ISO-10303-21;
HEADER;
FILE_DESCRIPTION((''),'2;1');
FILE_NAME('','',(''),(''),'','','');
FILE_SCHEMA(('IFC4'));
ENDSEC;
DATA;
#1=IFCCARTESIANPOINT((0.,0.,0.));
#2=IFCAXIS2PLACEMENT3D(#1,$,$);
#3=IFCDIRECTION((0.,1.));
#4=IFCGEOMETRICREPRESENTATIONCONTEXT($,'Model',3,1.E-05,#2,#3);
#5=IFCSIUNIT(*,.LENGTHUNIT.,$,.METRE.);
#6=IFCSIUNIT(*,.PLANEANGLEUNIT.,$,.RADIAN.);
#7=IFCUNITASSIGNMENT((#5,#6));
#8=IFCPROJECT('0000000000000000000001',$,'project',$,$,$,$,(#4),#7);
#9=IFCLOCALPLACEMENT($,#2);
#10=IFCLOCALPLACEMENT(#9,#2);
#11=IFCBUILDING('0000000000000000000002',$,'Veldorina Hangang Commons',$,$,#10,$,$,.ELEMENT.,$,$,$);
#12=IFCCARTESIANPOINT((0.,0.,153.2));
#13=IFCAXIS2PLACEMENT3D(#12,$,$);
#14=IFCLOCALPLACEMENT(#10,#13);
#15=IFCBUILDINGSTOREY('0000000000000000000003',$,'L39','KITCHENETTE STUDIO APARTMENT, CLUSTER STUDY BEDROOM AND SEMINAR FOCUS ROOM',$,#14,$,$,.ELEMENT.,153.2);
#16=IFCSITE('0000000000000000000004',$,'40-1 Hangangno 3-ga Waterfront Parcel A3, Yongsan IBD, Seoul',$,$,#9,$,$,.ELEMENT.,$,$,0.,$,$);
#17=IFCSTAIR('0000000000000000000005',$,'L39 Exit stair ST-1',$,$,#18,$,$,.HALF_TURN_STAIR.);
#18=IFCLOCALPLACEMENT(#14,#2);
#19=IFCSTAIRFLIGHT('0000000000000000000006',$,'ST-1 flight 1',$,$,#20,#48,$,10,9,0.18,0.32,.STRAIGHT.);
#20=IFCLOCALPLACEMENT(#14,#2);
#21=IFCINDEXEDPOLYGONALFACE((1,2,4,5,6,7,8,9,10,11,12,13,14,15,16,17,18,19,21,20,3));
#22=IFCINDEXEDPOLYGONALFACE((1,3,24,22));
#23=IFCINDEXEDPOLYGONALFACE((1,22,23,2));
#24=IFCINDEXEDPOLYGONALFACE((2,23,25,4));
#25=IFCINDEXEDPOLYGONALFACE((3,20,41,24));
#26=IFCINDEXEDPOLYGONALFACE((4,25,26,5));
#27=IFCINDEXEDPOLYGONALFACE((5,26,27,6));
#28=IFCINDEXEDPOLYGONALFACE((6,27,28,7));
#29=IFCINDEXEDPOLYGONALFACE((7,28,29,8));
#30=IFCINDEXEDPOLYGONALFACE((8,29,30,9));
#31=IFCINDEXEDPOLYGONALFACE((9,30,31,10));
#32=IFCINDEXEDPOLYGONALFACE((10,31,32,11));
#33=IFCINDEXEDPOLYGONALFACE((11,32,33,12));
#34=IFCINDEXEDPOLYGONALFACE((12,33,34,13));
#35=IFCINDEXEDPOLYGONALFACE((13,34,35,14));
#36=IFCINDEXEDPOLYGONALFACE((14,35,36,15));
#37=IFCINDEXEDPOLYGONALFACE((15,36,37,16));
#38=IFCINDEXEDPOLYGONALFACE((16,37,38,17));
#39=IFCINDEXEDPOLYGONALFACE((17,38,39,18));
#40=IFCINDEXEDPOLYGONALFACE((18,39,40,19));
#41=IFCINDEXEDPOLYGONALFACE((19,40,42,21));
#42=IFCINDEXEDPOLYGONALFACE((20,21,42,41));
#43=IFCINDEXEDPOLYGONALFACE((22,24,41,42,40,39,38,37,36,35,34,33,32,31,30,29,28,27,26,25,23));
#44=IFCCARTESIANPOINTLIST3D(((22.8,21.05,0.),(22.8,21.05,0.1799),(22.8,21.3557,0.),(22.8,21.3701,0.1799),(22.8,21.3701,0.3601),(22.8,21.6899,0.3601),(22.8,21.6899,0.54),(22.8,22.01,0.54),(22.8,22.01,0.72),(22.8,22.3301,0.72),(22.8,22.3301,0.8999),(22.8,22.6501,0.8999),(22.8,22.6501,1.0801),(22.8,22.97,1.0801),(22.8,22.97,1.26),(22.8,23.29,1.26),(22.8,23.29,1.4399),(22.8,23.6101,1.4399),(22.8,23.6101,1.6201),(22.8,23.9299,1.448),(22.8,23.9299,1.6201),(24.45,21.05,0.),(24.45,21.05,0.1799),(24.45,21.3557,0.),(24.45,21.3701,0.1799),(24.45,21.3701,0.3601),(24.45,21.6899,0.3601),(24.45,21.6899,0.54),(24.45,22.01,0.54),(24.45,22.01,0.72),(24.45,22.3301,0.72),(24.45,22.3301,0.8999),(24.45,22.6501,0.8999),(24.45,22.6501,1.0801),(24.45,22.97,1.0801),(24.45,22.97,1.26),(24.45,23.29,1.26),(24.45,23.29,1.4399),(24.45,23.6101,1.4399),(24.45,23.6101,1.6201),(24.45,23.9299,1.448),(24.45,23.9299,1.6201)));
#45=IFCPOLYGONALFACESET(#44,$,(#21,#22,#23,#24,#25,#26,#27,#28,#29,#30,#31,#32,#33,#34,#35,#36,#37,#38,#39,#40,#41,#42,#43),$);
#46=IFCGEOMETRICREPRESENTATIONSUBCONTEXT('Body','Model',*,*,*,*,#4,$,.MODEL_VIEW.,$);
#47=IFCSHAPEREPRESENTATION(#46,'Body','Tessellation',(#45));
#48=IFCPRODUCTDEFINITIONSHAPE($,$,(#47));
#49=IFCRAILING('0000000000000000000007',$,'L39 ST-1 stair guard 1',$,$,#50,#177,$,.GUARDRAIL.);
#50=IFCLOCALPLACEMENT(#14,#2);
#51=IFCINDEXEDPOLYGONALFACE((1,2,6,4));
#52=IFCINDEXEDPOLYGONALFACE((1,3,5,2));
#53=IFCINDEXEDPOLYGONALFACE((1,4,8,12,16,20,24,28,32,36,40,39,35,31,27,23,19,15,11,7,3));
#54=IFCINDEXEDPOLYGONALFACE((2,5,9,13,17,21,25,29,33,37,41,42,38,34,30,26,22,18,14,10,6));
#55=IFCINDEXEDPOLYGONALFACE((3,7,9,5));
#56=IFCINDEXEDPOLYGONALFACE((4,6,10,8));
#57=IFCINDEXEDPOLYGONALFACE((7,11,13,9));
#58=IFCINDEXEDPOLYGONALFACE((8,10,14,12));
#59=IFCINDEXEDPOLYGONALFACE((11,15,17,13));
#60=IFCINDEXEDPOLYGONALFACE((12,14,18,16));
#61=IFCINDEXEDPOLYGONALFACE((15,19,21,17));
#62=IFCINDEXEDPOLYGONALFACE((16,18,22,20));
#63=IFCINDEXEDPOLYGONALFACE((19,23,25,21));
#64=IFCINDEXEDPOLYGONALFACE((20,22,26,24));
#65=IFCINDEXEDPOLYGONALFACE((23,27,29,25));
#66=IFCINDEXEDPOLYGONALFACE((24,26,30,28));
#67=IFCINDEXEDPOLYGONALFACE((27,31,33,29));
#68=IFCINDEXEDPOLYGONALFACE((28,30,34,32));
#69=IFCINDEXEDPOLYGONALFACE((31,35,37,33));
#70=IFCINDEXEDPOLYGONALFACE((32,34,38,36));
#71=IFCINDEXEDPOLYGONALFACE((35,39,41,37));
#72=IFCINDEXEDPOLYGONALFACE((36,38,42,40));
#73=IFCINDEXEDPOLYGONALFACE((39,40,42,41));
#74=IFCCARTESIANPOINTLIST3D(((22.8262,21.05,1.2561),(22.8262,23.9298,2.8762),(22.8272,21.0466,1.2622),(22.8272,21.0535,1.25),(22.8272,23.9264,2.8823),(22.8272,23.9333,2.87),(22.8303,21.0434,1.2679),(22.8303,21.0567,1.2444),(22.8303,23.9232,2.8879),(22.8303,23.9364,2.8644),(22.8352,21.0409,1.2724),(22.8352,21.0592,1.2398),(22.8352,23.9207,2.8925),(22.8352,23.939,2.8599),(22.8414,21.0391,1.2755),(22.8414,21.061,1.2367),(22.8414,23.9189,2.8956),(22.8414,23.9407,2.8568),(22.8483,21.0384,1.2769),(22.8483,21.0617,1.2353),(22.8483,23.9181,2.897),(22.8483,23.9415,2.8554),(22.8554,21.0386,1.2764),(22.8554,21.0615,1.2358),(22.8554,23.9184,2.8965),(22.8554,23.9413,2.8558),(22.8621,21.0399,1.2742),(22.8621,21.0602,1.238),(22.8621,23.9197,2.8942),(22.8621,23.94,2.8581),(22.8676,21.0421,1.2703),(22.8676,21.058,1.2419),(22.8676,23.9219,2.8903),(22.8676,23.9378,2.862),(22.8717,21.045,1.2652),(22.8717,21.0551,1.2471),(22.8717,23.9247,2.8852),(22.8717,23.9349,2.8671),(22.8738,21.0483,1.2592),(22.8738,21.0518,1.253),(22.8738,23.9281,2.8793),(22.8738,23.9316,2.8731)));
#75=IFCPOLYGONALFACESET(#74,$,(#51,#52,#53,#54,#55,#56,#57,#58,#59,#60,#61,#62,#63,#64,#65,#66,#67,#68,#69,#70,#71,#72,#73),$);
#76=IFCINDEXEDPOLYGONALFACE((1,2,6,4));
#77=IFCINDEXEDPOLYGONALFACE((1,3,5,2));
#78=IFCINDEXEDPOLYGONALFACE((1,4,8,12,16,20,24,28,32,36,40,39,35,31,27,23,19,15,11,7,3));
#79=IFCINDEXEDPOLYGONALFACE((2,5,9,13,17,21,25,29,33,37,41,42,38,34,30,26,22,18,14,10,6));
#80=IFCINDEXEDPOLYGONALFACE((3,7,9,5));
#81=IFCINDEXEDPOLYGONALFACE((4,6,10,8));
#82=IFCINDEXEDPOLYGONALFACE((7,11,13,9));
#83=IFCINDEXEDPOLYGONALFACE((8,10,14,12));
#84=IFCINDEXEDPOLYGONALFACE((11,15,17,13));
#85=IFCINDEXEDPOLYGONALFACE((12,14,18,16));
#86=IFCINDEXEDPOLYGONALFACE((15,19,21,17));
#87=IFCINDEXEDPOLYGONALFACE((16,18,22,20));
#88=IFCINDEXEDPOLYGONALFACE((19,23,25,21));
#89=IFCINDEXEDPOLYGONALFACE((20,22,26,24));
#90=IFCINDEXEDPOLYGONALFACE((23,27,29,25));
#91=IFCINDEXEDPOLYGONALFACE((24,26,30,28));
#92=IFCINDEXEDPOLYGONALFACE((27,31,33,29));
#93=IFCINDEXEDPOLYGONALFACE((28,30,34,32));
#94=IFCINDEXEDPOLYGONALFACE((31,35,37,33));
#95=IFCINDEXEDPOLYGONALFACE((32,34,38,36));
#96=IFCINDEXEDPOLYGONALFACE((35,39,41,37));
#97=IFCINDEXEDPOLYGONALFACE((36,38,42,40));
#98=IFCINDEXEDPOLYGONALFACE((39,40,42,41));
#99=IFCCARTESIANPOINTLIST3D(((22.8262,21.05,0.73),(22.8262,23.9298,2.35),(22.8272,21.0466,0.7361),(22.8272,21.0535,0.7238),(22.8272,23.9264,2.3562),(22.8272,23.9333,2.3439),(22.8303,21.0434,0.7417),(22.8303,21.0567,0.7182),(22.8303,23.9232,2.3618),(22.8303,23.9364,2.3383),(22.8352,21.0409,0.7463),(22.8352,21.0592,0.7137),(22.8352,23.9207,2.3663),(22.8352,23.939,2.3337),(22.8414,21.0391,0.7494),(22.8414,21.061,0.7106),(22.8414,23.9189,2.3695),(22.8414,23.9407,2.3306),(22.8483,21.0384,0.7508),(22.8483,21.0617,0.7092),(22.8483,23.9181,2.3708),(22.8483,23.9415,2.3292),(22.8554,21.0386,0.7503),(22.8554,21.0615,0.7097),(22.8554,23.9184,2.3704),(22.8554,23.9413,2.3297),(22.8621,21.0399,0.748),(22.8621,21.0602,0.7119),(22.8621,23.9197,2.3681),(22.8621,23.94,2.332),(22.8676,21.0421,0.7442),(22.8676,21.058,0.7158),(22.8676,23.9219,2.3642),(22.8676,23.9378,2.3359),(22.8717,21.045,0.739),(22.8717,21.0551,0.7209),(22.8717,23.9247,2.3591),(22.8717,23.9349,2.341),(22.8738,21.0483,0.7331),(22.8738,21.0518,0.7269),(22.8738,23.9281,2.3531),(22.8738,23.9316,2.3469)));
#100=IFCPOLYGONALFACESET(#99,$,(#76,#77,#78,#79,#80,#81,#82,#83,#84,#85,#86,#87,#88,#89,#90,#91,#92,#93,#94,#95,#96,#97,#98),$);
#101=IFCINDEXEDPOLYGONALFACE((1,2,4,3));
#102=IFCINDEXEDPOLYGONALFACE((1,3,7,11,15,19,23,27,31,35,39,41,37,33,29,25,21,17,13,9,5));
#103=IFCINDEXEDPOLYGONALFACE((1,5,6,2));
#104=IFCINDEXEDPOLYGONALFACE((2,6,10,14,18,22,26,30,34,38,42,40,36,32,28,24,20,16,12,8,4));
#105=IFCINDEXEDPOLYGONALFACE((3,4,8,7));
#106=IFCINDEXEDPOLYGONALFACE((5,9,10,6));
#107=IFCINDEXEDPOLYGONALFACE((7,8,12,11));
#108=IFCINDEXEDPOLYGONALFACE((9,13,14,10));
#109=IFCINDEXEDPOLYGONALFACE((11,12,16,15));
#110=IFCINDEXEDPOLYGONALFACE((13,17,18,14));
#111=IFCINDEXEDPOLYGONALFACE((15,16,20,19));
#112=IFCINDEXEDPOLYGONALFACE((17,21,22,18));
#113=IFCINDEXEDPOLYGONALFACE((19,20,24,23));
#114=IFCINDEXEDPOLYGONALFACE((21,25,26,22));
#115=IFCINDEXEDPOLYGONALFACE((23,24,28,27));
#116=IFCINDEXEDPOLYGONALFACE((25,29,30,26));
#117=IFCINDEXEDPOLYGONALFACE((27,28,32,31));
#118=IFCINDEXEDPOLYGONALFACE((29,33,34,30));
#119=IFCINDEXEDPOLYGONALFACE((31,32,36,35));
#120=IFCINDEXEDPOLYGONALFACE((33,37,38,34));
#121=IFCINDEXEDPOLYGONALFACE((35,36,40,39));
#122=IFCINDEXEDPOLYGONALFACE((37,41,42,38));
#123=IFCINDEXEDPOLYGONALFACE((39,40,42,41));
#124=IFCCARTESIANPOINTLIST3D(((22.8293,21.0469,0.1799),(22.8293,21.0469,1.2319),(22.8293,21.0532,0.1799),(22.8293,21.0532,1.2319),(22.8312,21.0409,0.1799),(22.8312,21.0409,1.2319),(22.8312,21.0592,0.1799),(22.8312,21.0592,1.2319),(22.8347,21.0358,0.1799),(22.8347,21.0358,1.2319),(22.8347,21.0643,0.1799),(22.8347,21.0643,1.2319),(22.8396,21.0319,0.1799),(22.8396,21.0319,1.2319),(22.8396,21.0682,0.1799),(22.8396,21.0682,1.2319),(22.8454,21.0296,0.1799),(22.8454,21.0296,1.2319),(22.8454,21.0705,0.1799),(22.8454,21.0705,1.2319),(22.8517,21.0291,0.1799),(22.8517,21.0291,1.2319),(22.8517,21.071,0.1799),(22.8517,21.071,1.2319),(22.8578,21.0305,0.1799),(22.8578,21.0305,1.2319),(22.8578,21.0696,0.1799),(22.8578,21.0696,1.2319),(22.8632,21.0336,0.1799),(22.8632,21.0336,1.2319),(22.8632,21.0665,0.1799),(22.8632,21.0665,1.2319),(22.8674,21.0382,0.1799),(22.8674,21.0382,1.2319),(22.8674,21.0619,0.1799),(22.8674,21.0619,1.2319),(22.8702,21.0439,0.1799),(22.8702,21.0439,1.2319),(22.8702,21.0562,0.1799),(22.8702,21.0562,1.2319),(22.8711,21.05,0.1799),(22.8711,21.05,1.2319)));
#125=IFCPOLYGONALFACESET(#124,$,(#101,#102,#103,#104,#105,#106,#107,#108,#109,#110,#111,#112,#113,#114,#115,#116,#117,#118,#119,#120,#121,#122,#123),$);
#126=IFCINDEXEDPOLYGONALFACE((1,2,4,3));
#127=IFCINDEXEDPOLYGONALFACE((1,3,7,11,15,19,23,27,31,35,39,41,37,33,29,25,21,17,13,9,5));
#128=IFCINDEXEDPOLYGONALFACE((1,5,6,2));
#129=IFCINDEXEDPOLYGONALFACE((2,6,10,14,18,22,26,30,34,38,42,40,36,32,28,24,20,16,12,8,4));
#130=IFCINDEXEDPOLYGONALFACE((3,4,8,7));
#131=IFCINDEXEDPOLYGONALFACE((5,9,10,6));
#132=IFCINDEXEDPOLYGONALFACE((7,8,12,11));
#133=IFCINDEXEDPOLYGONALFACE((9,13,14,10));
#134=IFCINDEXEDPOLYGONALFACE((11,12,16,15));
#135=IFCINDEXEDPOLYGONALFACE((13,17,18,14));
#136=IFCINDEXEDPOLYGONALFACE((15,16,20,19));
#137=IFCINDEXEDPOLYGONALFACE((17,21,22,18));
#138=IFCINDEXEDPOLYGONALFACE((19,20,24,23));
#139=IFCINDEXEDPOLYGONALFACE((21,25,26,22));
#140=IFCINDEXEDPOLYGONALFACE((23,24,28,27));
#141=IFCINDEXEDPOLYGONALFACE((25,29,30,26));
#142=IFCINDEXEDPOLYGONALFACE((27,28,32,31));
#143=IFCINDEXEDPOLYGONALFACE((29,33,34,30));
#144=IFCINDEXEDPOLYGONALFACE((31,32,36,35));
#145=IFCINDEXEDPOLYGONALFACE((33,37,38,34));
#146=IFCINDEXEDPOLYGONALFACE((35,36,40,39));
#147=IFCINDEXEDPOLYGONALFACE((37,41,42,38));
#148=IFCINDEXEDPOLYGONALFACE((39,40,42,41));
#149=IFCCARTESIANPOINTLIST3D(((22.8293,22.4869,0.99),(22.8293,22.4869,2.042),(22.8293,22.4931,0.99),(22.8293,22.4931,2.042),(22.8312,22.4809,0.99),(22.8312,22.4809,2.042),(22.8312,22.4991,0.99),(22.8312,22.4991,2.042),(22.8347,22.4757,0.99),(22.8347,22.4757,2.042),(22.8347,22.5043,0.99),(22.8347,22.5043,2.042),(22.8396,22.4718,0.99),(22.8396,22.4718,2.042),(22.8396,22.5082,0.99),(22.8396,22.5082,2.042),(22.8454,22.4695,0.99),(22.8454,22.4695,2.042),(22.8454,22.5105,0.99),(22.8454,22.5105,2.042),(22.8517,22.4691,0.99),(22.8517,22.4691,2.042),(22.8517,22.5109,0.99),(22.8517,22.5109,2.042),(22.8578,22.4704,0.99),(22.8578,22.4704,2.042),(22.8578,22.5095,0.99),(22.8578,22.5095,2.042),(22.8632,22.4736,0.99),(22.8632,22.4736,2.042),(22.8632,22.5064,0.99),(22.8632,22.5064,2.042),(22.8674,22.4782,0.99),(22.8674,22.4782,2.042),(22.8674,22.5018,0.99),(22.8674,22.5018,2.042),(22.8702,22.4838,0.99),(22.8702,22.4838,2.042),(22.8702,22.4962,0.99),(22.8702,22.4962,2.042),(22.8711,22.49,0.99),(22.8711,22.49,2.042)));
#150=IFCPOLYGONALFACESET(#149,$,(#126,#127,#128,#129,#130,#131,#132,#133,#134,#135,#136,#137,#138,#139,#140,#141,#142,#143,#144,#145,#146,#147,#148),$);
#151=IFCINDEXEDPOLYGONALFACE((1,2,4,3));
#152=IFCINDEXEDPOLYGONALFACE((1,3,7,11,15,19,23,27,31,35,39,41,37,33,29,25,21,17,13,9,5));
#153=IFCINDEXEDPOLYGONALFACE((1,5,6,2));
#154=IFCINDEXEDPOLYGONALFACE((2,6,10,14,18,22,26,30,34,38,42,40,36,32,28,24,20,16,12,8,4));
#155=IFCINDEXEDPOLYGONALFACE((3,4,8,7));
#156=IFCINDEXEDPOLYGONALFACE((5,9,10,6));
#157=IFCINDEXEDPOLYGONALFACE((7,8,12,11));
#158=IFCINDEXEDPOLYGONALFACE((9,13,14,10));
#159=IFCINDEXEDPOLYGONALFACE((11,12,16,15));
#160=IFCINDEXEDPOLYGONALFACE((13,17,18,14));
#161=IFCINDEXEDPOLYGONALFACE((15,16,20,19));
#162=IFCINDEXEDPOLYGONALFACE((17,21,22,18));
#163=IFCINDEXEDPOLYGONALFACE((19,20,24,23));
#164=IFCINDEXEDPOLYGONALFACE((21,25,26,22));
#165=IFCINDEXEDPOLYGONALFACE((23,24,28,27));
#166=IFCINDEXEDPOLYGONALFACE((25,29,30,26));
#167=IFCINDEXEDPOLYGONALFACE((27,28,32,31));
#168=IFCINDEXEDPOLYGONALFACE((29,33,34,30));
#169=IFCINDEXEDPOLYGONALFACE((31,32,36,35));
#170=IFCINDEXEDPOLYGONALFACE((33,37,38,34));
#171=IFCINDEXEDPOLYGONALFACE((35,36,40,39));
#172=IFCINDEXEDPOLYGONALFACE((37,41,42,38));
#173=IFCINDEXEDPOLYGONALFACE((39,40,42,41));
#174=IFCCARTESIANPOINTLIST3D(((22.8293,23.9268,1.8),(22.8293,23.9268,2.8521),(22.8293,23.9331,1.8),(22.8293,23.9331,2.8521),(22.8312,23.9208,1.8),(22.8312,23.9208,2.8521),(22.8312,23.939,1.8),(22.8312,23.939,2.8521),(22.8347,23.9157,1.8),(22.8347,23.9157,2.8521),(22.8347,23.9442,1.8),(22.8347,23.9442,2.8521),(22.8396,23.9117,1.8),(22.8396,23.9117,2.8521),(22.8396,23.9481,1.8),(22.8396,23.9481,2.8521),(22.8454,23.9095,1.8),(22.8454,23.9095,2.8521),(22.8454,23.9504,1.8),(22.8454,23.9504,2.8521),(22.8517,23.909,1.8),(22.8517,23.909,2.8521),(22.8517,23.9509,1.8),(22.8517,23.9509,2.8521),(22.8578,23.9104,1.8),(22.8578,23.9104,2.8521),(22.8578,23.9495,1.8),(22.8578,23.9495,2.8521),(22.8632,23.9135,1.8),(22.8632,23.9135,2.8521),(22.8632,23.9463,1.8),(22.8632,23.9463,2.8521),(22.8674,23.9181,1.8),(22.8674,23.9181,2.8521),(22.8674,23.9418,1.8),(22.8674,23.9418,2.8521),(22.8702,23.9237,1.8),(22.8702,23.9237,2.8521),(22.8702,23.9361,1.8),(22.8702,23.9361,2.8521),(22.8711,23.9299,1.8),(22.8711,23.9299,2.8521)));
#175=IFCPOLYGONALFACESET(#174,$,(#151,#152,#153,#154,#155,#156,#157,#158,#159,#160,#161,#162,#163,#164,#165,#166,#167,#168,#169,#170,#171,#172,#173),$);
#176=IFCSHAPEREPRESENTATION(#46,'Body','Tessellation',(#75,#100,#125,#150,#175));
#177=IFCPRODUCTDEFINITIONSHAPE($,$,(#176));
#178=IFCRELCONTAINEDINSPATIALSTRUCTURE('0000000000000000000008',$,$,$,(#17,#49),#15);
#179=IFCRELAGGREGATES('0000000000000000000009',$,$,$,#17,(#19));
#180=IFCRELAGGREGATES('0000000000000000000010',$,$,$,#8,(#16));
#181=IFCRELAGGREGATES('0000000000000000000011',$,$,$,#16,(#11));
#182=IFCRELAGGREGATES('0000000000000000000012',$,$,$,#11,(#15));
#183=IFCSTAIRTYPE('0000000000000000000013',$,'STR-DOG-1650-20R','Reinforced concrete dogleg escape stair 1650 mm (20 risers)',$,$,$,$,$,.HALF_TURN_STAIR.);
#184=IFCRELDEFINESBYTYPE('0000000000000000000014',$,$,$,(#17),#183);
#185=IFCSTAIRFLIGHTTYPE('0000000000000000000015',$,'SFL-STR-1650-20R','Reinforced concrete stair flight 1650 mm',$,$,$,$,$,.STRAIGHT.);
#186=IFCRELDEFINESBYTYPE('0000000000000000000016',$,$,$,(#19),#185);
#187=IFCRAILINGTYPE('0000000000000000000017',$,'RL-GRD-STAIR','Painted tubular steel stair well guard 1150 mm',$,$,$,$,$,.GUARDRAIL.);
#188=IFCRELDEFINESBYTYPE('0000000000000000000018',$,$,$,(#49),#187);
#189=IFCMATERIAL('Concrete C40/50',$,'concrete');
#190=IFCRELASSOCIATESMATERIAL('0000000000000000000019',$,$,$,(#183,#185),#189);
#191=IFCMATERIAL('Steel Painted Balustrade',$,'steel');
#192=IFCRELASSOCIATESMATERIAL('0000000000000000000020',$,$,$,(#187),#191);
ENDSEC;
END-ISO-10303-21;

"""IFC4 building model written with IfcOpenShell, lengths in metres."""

from ifc_helpers import new_model, si_unit, direction, frame, origin, origin_2d, place, context, subcontext, project, spatial, polyline, circle, outline, extrude, material, type_object, element, aggregate, save


model = new_model("IFC4")

# Units and contexts
model_context = context("Model", 3, precision=1e-05, world=origin(), true_north=direction((0.0, 1.0)))
body_context = subcontext(model_context, "Body", "Model", "MODEL_VIEW")
ifc_project = project(units=[si_unit("LENGTHUNIT", "METRE"), si_unit("PLANEANGLEUNIT", "RADIAN")], contexts=[model_context])

# Site, building, storey
site_placement = place(None, origin())
site = spatial("IfcSite", under=ifc_project, at=site_placement, Name="40-1 Hangangno 3-ga Waterfront Parcel A3, Yongsan IBD, Seoul", CompositionType="ELEMENT", RefElevation=0.0)
building_placement = place(site_placement, origin())
building = spatial("IfcBuilding", under=site, at=building_placement, Name="Veldorina Hangang Commons", CompositionType="ELEMENT")
storey_placement = place(building_placement, frame((0.0, 0.0, 153.2)))
storey = spatial("IfcBuildingStorey", under=building, at=storey_placement, Name="L39", Description="KITCHENETTE STUDIO APARTMENT, CLUSTER STUDY BEDROOM AND SEMINAR FOCUS ROOM", CompositionType="ELEMENT", Elevation=153.2)

# Stair, stair flight
ifc_material_1 = material(Name="Concrete C40/50", Category="concrete")
stair_type = type_object("IfcStairType", Name="STR-DOG-1650-20R", Description="Reinforced concrete dogleg escape stair 1650 mm (20 risers)", PredefinedType="HALF_TURN_STAIR", material=ifc_material_1)
stair_placement = place(storey_placement, origin())
stair = element("IfcStair", 1, at=stair_placement, inside=storey, type_object=stair_type, Name="L39 Exit stair ST-1", PredefinedType="HALF_TURN_STAIR")
stair_flight_type = type_object("IfcStairFlightType", Name="SFL-STR-1650-20R", Description="Reinforced concrete stair flight 1650 mm", PredefinedType="STRAIGHT", material=ifc_material_1)
stair_flight_placement = place(storey_placement, frame((23.625, 21.05, 0.0), z_axis=(0.0, 0.0, 1.0), x_axis=(0.0, 1.0, 0.0)))
stair_flight = element("IfcStairFlight", 2, at=stair_flight_placement, type_object=stair_flight_type, Name="ST-1 flight 1", NumberOfRisers=10, NumberOfTreads=9, PredefinedType="STRAIGHT", RiserHeight=0.18, TreadLength=0.32, context=body_context, shape_type="SweptSolid", body=[
    extrude(outline(polyline([(0.0, 0.0), (0.0, 0.1799), (0.3201, 0.1799), (0.3201, 0.3601), (0.6399, 0.3601), (0.6399, 0.54), (0.96, 0.54), (0.96, 0.72), (1.28, 0.72), (1.28, 0.8999), (1.6001, 0.8999), (1.6001, 1.0801), (1.9199, 1.0801), (1.9199, 1.26), (2.24, 1.26), (2.24, 1.4399), (2.5601, 1.4399), (2.5601, 1.6201), (2.8799, 1.6201), (2.8799, 1.8), (2.8799, 1.448), (0.3057, 0.0), (0.0, 0.0)])), frame((0.0, 0.825, 0.0), z_axis=(0.0, -1.0, 0.0), x_axis=(1.0, 0.0, 0.0)), (0.0, 0.0, 1.0), 1.6499),
])
aggregate(stair, [stair_flight])

# Railing
ifc_material_2 = material(Name="Steel Painted Balustrade", Category="steel")
railing_type_1 = type_object("IfcRailingType", Name="RL-GRD-STAIR", Description="Painted tubular steel stair well guard 1150 mm", PredefinedType="GUARDRAIL", material=ifc_material_2)
railing_1_placement = place(storey_placement, frame((22.8501, 21.05, 0.1799)))
element("IfcRailing", 3, at=railing_1_placement, inside=storey, type_object=railing_type_1, Name="L39 ST-1 stair guard 1", PredefinedType="GUARDRAIL", context=body_context, shape_type="SweptSolid", body=[
    extrude(circle(Radius=0.0239, at=origin_2d()), frame((0.0, 0.0, 1.0762), z_axis=(0.0, 0.871552, 0.490303), x_axis=(-1.0, 0.0, 0.0)), (0.0, 0.0, 1.0), 3.3042),
    extrude(circle(Radius=0.0239, at=origin_2d()), frame((0.0, 0.0, 0.55), z_axis=(0.0, 0.871552, 0.490303), x_axis=(-1.0, 0.0, 0.0)), (0.0, 0.0, 1.0), 3.3042),
    extrude(circle(Radius=0.021, at=origin_2d()), origin(), (0.0, 0.0, 1.0), 1.052),
    extrude(circle(Radius=0.021, at=origin_2d()), frame((0.0, 1.4399, 0.8101)), (0.0, 0.0, 1.0), 1.052),
    extrude(circle(Radius=0.021, at=origin_2d()), frame((0.0, 2.8799, 1.6201)), (0.0, 0.0, 1.0), 1.052),
])

save(model, "model.ifc")
